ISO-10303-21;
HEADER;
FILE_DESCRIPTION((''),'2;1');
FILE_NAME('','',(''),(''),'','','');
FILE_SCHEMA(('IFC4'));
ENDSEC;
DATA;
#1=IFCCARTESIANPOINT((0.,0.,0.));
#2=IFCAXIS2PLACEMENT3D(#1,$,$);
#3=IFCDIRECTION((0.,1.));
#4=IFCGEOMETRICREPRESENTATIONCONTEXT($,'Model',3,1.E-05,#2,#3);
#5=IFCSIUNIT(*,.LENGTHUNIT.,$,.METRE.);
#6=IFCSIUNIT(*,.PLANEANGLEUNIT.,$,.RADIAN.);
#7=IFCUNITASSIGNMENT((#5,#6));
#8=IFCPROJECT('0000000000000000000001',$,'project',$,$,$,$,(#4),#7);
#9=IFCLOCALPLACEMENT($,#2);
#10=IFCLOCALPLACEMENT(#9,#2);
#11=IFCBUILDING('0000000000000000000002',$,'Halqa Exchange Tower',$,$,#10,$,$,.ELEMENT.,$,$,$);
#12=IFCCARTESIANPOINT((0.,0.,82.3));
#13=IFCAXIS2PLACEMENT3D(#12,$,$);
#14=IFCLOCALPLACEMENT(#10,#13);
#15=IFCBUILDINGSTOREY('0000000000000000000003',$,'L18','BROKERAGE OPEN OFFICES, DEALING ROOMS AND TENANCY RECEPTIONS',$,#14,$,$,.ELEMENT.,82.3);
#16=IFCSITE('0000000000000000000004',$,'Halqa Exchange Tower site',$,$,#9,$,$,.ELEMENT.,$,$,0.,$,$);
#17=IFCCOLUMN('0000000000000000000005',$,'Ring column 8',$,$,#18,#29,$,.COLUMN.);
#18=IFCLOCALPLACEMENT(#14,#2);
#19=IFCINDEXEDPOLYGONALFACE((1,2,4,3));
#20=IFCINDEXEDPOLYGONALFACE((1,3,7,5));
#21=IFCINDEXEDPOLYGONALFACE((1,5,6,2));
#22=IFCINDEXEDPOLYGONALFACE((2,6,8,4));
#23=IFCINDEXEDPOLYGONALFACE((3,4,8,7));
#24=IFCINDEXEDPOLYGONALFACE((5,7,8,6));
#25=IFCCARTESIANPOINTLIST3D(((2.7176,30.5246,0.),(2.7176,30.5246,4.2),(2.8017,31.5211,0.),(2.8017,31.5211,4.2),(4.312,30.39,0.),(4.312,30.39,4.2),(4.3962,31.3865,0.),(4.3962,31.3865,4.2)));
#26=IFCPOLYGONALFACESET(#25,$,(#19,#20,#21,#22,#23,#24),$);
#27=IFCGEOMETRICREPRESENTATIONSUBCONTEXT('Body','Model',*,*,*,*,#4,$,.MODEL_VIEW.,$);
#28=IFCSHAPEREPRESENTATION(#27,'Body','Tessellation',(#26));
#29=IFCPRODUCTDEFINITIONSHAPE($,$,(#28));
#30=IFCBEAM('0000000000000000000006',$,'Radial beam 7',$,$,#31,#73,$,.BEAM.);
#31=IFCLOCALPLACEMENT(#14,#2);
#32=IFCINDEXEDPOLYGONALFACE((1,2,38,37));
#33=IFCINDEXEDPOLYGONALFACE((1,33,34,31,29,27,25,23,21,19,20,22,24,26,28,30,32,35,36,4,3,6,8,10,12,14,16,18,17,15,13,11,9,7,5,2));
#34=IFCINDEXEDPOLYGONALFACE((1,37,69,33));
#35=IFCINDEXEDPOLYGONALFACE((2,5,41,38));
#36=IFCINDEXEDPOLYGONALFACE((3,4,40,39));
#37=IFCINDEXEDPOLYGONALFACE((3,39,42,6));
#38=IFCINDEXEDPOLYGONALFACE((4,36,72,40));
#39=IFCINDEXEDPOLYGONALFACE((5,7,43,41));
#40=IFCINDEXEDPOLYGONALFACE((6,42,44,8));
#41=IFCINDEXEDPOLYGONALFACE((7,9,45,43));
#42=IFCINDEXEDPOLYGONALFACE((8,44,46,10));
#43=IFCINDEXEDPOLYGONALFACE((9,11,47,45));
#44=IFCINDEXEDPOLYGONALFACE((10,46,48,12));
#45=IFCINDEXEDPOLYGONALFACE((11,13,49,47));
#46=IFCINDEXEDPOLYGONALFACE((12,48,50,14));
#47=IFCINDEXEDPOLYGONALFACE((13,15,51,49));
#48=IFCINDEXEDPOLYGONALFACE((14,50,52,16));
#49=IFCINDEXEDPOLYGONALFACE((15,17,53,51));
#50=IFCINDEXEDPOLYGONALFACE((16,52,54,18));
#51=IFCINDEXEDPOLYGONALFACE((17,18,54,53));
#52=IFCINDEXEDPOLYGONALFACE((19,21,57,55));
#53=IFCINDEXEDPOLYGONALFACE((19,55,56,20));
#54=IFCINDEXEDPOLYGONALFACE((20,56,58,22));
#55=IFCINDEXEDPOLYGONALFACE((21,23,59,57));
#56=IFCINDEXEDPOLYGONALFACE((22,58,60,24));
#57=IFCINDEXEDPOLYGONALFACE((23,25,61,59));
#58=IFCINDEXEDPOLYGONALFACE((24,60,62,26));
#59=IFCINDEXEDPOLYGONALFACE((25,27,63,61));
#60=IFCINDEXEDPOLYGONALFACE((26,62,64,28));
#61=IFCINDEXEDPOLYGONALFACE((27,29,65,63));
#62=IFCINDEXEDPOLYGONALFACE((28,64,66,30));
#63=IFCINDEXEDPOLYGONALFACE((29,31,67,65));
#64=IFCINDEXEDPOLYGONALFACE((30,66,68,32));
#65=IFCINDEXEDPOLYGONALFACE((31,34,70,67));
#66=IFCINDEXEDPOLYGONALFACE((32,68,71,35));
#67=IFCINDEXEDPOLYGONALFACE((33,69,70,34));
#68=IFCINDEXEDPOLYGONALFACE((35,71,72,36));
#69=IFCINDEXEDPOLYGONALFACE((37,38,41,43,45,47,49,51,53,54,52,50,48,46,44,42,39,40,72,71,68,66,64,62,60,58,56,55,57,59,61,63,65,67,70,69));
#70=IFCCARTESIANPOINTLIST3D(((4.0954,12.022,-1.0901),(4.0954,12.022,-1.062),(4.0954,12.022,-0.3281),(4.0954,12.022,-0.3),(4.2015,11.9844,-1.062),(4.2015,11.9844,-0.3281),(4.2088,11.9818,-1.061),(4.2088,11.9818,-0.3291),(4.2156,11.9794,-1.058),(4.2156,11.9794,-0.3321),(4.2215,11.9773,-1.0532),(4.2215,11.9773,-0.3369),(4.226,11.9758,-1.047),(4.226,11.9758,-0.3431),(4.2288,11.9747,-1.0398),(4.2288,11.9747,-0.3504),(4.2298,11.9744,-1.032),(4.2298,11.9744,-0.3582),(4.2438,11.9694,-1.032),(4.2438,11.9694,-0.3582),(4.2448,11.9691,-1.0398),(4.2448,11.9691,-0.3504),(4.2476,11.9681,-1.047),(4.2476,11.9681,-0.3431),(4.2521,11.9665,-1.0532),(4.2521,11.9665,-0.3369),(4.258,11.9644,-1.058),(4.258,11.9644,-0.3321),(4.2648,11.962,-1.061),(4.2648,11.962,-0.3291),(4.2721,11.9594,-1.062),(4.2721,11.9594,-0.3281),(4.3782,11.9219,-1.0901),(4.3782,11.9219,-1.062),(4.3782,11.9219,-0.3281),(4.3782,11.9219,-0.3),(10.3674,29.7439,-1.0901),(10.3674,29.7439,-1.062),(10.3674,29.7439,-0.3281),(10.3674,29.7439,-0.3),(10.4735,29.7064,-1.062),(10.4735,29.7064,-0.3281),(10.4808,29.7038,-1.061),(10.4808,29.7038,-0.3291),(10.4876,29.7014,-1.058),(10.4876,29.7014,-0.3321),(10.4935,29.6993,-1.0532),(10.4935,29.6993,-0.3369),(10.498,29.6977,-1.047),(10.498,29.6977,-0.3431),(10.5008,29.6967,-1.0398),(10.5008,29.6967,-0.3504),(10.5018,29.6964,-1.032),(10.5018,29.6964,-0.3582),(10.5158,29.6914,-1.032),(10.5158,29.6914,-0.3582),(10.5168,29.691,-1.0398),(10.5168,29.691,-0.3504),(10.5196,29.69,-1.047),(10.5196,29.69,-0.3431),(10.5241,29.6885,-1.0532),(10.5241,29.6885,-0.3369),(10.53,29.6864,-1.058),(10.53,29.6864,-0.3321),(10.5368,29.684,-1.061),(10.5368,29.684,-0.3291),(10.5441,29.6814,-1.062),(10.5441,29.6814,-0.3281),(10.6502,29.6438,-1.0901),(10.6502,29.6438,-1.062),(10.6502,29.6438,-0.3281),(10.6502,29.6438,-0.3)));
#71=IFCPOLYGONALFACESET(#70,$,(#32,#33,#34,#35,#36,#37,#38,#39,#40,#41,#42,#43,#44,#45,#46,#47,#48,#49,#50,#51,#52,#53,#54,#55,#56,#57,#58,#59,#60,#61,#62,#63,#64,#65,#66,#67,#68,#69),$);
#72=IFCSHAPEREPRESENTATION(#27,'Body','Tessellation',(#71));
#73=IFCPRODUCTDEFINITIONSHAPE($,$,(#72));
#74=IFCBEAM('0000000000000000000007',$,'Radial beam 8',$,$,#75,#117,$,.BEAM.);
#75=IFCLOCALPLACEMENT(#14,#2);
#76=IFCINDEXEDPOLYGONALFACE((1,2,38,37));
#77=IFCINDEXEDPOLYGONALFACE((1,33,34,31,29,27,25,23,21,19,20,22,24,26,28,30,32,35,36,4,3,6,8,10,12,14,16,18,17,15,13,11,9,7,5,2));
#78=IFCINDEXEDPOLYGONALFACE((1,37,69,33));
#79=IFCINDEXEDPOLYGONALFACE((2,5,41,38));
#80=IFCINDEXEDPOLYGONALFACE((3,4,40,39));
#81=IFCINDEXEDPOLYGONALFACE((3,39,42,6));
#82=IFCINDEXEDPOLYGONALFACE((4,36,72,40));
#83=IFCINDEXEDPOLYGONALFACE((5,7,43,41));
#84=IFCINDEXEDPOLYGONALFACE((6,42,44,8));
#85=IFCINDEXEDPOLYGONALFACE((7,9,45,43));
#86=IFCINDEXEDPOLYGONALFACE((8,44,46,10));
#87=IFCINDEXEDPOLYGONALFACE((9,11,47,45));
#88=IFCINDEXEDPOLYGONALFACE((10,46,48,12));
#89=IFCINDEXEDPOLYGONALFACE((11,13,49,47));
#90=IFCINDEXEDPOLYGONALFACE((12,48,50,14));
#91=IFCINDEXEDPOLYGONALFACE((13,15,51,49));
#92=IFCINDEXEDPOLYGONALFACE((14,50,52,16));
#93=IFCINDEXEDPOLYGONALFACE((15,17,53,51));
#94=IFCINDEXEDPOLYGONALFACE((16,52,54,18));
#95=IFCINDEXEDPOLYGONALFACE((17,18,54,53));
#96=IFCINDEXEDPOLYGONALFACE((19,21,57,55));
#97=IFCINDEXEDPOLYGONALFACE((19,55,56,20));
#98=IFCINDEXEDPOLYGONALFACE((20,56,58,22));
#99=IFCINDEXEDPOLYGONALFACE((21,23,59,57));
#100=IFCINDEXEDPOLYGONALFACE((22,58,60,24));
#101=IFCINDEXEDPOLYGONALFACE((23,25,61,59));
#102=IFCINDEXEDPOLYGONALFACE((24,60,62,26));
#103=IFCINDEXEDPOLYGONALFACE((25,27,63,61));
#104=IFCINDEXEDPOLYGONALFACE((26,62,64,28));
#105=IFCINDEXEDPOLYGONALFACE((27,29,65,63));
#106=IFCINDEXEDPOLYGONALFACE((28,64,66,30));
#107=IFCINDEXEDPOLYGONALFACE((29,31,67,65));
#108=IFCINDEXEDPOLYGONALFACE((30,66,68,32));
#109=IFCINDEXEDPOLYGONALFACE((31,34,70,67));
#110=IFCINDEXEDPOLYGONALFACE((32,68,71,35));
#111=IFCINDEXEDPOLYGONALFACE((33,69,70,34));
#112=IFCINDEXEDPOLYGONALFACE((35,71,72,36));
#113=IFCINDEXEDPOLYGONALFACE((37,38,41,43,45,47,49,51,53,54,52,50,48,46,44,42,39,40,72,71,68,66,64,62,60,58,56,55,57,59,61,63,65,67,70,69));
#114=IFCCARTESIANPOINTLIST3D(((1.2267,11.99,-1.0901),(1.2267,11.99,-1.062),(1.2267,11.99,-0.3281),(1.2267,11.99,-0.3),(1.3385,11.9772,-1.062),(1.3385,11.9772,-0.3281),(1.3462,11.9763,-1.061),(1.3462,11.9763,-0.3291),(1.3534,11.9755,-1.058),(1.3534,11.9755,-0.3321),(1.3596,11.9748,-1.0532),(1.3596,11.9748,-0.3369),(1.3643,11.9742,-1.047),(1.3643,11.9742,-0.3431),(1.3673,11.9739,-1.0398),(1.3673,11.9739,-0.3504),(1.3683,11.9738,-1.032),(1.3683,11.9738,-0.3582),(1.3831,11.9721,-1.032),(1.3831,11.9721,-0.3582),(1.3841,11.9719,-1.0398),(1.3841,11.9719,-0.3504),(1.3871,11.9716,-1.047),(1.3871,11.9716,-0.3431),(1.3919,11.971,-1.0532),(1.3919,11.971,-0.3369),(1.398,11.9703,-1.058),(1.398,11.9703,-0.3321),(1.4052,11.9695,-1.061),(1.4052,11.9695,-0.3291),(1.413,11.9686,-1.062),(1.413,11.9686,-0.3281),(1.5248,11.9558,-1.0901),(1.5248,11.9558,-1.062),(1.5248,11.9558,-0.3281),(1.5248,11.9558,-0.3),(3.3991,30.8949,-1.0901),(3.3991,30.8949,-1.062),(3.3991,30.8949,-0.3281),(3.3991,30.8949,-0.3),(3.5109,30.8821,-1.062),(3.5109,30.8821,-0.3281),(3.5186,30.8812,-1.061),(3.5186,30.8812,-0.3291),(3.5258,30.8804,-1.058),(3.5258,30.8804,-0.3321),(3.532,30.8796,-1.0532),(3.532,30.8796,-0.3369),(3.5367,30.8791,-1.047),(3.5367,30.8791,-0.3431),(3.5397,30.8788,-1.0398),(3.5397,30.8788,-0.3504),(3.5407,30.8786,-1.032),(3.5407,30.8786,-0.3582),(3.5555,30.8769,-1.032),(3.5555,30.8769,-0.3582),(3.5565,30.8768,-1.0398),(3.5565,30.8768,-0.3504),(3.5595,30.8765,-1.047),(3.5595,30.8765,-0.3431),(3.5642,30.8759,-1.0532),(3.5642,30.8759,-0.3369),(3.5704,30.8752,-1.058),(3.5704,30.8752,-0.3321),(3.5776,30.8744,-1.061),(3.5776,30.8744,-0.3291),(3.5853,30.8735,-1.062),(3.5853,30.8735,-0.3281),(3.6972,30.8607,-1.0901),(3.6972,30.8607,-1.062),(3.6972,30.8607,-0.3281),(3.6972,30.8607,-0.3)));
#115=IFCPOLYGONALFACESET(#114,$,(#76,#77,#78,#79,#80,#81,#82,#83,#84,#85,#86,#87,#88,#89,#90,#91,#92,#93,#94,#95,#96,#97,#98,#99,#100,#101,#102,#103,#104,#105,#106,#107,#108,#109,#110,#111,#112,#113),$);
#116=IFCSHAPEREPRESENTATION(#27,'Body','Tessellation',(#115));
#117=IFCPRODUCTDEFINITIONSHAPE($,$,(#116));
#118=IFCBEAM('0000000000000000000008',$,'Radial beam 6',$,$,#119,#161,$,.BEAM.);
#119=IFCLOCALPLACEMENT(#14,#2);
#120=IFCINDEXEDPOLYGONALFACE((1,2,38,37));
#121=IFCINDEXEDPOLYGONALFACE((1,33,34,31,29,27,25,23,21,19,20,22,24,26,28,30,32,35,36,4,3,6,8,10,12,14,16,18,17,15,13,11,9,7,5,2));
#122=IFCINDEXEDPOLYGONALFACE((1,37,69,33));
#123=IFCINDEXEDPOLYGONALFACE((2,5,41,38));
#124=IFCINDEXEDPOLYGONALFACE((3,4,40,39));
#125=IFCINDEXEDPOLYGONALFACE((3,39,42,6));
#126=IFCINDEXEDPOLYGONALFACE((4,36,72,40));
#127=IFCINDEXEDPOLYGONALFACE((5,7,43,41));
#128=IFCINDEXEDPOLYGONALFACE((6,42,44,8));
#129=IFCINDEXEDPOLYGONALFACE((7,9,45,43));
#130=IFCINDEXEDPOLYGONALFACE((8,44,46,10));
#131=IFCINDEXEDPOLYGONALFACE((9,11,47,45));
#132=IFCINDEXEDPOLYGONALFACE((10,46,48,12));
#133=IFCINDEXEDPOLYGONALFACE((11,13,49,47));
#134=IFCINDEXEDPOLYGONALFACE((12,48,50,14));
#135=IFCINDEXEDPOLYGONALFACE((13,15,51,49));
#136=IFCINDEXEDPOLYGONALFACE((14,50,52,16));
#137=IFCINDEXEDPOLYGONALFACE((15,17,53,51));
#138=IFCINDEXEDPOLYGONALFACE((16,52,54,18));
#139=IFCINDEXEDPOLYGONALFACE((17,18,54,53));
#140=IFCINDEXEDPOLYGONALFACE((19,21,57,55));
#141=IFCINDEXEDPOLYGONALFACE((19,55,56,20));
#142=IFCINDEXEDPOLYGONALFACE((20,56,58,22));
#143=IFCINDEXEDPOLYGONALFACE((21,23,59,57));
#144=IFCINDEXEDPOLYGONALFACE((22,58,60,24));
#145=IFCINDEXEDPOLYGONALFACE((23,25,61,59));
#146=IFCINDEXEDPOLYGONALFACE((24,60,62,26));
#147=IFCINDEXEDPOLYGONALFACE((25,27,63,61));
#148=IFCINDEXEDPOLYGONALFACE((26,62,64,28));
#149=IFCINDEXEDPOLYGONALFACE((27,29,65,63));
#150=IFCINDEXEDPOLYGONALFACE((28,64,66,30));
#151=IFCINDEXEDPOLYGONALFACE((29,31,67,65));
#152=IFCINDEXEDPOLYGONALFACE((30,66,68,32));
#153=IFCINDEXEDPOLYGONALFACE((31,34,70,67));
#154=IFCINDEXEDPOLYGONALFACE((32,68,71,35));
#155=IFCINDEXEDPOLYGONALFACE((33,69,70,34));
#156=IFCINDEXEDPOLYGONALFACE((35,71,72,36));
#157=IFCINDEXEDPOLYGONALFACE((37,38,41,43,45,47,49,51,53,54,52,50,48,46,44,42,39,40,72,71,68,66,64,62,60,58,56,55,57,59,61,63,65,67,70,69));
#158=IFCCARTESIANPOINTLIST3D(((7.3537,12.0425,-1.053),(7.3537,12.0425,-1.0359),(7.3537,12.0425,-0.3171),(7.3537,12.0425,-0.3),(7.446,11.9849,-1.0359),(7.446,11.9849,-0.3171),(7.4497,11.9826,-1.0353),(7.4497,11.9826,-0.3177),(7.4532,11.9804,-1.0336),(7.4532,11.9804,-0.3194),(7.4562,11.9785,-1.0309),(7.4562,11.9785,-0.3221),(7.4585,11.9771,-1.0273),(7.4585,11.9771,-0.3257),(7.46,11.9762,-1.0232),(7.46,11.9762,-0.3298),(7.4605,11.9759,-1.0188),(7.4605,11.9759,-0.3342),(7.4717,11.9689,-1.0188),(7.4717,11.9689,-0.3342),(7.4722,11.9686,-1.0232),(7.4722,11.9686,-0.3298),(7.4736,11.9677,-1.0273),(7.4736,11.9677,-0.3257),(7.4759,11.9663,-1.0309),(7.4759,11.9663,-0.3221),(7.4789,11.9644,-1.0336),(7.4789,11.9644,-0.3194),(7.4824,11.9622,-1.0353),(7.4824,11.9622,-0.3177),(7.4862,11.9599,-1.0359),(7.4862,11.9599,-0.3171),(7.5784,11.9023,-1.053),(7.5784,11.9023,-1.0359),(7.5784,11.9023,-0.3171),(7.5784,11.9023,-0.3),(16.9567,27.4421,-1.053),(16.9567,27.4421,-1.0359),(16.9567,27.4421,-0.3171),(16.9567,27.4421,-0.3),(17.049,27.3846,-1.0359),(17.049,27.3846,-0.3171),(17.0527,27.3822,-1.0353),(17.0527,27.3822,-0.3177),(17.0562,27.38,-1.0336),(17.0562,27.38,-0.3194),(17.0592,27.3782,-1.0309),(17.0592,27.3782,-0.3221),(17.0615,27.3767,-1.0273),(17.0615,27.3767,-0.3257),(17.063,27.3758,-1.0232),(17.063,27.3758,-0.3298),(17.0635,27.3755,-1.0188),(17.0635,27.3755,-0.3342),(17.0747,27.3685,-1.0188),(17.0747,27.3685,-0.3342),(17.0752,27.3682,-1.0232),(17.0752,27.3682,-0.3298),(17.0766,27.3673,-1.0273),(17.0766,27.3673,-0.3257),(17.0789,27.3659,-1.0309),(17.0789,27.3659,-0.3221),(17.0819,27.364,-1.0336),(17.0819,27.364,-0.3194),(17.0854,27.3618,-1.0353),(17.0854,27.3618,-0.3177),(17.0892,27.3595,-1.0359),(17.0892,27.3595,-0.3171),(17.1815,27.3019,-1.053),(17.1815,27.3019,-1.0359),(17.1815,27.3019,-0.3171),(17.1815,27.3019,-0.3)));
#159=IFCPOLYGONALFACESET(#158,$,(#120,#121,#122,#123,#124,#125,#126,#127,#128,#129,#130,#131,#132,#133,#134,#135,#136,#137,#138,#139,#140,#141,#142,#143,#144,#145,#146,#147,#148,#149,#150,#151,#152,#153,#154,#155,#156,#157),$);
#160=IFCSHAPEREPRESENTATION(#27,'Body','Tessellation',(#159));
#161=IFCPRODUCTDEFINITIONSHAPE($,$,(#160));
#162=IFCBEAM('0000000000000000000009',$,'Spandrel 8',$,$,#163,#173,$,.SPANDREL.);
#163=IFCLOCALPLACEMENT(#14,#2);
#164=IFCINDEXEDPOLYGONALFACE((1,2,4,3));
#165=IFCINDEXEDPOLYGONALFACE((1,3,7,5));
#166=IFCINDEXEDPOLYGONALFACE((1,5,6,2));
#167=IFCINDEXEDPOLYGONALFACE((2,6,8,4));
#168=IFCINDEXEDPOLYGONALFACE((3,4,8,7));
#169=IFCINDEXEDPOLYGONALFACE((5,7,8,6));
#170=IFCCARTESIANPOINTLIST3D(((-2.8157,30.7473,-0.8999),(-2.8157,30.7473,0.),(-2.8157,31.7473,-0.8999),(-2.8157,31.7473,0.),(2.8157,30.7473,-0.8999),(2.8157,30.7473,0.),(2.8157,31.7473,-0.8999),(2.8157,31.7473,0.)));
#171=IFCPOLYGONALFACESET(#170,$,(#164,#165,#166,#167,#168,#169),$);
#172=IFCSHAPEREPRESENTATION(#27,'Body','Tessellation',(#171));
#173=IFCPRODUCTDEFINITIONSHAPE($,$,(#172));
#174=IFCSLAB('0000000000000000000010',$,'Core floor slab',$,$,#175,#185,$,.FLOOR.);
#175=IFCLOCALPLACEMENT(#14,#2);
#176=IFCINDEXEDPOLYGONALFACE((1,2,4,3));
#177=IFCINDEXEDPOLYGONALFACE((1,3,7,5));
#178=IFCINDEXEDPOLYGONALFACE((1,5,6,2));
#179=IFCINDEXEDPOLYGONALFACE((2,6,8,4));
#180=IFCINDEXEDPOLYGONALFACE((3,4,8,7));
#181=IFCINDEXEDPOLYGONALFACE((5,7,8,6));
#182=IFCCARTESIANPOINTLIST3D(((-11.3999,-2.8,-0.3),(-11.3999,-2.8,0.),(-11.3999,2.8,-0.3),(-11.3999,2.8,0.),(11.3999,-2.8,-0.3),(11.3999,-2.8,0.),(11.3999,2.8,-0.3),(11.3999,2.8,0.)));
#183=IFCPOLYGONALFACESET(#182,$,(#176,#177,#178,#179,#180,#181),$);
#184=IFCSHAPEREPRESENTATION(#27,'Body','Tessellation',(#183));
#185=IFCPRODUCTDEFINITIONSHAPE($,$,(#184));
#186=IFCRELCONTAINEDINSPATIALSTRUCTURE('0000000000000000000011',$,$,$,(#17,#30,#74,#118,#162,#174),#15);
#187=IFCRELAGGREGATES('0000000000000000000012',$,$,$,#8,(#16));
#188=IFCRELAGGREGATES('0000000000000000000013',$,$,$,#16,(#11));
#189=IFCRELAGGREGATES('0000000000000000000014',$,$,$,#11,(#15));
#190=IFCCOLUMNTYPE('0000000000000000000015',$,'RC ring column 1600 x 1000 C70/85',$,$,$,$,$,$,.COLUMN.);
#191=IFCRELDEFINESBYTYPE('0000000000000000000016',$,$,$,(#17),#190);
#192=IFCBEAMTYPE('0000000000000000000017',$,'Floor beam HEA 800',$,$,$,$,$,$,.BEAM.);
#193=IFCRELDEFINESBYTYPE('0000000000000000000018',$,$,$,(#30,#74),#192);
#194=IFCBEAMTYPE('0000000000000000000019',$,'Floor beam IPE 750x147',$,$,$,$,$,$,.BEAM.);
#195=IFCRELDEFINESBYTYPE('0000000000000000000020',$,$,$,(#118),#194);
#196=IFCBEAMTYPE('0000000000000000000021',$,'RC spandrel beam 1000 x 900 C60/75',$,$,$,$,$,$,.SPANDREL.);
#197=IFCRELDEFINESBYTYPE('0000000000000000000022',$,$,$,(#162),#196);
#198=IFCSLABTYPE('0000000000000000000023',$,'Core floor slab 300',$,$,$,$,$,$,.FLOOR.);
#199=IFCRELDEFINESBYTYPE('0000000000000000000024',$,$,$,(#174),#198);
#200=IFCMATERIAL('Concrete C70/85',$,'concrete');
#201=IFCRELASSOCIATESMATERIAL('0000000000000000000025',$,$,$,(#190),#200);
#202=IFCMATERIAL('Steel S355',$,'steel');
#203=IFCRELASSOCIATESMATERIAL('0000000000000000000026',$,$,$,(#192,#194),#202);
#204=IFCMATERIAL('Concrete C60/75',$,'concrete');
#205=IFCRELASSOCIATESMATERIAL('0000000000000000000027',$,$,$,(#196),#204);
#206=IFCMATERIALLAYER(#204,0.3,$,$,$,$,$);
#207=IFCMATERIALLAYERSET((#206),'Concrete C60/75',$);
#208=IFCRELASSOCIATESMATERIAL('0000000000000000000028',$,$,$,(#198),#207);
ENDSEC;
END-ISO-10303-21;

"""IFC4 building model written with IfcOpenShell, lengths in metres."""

from ifc_helpers import new_model, si_unit, direction, frame, origin, origin_2d, place, context, subcontext, project, spatial, polyline, rectangle, i_section, outline, extrude, material, layer, layer_set, material_profile, profile_set, type_object, element, save


model = new_model("IFC4")

# Units and contexts
model_context = context("Model", 3, precision=1e-05, world=origin(), true_north=direction((0.0, 1.0)))
body_context = subcontext(model_context, "Body", "Model", "MODEL_VIEW")
ifc_project = project(units=[si_unit("LENGTHUNIT", "METRE"), si_unit("PLANEANGLEUNIT", "RADIAN")], contexts=[model_context])

# Site, building, storey
site_placement = place(None, origin())
site = spatial("IfcSite", under=ifc_project, at=site_placement, Name="Halqa Exchange Tower site", CompositionType="ELEMENT", RefElevation=0.0)
building_placement = place(site_placement, origin())
building = spatial("IfcBuilding", under=site, at=building_placement, Name="Halqa Exchange Tower", CompositionType="ELEMENT")
storey_placement = place(building_placement, frame((0.0, 0.0, 82.3)))
storey = spatial("IfcBuildingStorey", under=building, at=storey_placement, Name="L18", Description="BROKERAGE OPEN OFFICES, DEALING ROOMS AND TENANCY RECEPTIONS", CompositionType="ELEMENT", Elevation=82.3)

# Column
ifc_material_1 = material(Name="Concrete C70/85", Category="concrete")
ifc_material_profile_1 = material_profile(ifc_material_1, rectangle(XDim=1.6001, YDim=1.0, at=origin_2d()), Name="1600 x 1000")
ifc_profile_set_1 = profile_set([ifc_material_profile_1], Name="Concrete C70/85")
column_type = type_object("IfcColumnType", Name="RC ring column 1600 x 1000 C70/85", PredefinedType="COLUMN", material=ifc_profile_set_1)
column_placement = place(storey_placement, frame((3.5569, 30.9556, 0.0), z_axis=(0.0, 0.0, 1.0), x_axis=(-0.996456, 0.084121, 0.0)))
element("IfcColumn", 1, at=column_placement, inside=storey, type_object=column_type, Name="Ring column 8", PredefinedType="COLUMN", context=body_context, shape_type="SweptSolid", body=[
    extrude(rectangle(XDim=1.6001, YDim=1.0, at=origin_2d()), origin(), (0.0, 0.0, 1.0), 4.2),
])

# Beams
ifc_material_2 = material(Name="Steel S355", Category="steel")
ifc_material_profile_2 = material_profile(ifc_material_2, i_section(OverallWidth=0.3, OverallDepth=0.79, WebThickness=0.0149, FlangeThickness=0.0281, FilletRadius=0.03, at=origin_2d()), Name="HEA 800")
ifc_profile_set_2 = profile_set([ifc_material_profile_2], Name="Steel S355")
beam_type_1 = type_object("IfcBeamType", Name="Floor beam HEA 800", PredefinedType="BEAM", material=ifc_profile_set_2)
beam_1_placement = place(storey_placement, frame((4.2368, 11.9719, -0.6951), z_axis=(0.333632, 0.942703, 0.0), x_axis=(-0.942703, 0.333632, 0.0)))
element("IfcBeam", 2, at=beam_1_placement, inside=storey, type_object=beam_type_1, Name="Radial beam 7", PredefinedType="BEAM", context=body_context, shape_type="SweptSolid", body=[
    extrude(i_section(OverallWidth=0.3, OverallDepth=0.79, WebThickness=0.0149, FlangeThickness=0.0281, FilletRadius=0.03, at=origin_2d()), origin(), (0.0, 0.0, 1.0), 18.7991),
])
beam_2_placement = place(storey_placement, frame((1.3757, 11.9729, -0.6951), z_axis=(0.11416, 0.993462, 0.0), x_axis=(-0.993462, 0.11416, 0.0)))
element("IfcBeam", 3, at=beam_2_placement, inside=storey, type_object=beam_type_1, Name="Radial beam 8", PredefinedType="BEAM", context=body_context, shape_type="SweptSolid", body=[
    extrude(i_section(OverallWidth=0.3, OverallDepth=0.79, WebThickness=0.0149, FlangeThickness=0.0281, FilletRadius=0.03, at=origin_2d()), origin(), (0.0, 0.0, 1.0), 19.0293),
])
ifc_material_profile_3 = material_profile(ifc_material_2, i_section(OverallWidth=0.2649, OverallDepth=0.7529, WebThickness=0.0132, FlangeThickness=0.0171, FilletRadius=0.0171, at=origin_2d()), Name="IPE 750x147")
ifc_profile_set_3 = profile_set([ifc_material_profile_3], Name="Steel S355")
beam_type_2 = type_object("IfcBeamType", Name="Floor beam IPE 750x147", PredefinedType="BEAM", material=ifc_profile_set_3)
beam_3_placement = place(storey_placement, frame((7.4661, 11.9724, -0.6765), z_axis=(0.529137, 0.848537, 0.0), x_axis=(-0.848537, 0.529137, 0.0)))
element("IfcBeam", 4, at=beam_3_placement, inside=storey, type_object=beam_type_2, Name="Radial beam 6", PredefinedType="BEAM", context=body_context, shape_type="SweptSolid", body=[
    extrude(i_section(OverallWidth=0.2649, OverallDepth=0.7529, WebThickness=0.0132, FlangeThickness=0.0171, FilletRadius=0.0171, at=origin_2d()), origin(), (0.0, 0.0, 1.0), 18.1484),
])
ifc_material_3 = material(Name="Concrete C60/75", Category="concrete")
ifc_material_profile_4 = material_profile(ifc_material_3, rectangle(XDim=1.0, YDim=0.8999, at=origin_2d()), Name="1000 x 900")
ifc_profile_set_4 = profile_set([ifc_material_profile_4], Name="Concrete C60/75")
beam_type_3 = type_object("IfcBeamType", Name="RC spandrel beam 1000 x 900 C60/75", PredefinedType="SPANDREL", material=ifc_profile_set_4)
beam_4_placement = place(storey_placement, frame((2.8157, 31.2473, -0.45), z_axis=(-1.0, 0.0, 0.0), x_axis=(0.0, -1.0, 0.0)))
element("IfcBeam", 5, at=beam_4_placement, inside=storey, type_object=beam_type_3, Name="Spandrel 8", PredefinedType="SPANDREL", context=body_context, shape_type="SweptSolid", body=[
    extrude(rectangle(XDim=1.0, YDim=0.8999, at=origin_2d()), origin(), (0.0, 0.0, 1.0), 5.6313),
])

# Slab
ifc_layer_1 = layer(ifc_material_3, 0.3)
ifc_layer_set_1 = layer_set([ifc_layer_1], Name="Concrete C60/75")
slab_type_1 = type_object("IfcSlabType", Name="Core floor slab 300", PredefinedType="FLOOR", material=ifc_layer_set_1)
slab_1_placement = place(storey_placement, frame((0.0, 0.0, -0.3)))
element("IfcSlab", 6, at=slab_1_placement, inside=storey, type_object=slab_type_1, Name="Core floor slab", PredefinedType="FLOOR", context=body_context, shape_type="SweptSolid", body=[
    extrude(outline(polyline([(-11.3999, 2.8), (11.3999, 2.8), (11.3999, -2.8), (-11.3999, -2.8), (-11.3999, 2.8)])), origin(), (0.0, 0.0, 1.0), 0.3),
])

save(model, "model.ifc")
